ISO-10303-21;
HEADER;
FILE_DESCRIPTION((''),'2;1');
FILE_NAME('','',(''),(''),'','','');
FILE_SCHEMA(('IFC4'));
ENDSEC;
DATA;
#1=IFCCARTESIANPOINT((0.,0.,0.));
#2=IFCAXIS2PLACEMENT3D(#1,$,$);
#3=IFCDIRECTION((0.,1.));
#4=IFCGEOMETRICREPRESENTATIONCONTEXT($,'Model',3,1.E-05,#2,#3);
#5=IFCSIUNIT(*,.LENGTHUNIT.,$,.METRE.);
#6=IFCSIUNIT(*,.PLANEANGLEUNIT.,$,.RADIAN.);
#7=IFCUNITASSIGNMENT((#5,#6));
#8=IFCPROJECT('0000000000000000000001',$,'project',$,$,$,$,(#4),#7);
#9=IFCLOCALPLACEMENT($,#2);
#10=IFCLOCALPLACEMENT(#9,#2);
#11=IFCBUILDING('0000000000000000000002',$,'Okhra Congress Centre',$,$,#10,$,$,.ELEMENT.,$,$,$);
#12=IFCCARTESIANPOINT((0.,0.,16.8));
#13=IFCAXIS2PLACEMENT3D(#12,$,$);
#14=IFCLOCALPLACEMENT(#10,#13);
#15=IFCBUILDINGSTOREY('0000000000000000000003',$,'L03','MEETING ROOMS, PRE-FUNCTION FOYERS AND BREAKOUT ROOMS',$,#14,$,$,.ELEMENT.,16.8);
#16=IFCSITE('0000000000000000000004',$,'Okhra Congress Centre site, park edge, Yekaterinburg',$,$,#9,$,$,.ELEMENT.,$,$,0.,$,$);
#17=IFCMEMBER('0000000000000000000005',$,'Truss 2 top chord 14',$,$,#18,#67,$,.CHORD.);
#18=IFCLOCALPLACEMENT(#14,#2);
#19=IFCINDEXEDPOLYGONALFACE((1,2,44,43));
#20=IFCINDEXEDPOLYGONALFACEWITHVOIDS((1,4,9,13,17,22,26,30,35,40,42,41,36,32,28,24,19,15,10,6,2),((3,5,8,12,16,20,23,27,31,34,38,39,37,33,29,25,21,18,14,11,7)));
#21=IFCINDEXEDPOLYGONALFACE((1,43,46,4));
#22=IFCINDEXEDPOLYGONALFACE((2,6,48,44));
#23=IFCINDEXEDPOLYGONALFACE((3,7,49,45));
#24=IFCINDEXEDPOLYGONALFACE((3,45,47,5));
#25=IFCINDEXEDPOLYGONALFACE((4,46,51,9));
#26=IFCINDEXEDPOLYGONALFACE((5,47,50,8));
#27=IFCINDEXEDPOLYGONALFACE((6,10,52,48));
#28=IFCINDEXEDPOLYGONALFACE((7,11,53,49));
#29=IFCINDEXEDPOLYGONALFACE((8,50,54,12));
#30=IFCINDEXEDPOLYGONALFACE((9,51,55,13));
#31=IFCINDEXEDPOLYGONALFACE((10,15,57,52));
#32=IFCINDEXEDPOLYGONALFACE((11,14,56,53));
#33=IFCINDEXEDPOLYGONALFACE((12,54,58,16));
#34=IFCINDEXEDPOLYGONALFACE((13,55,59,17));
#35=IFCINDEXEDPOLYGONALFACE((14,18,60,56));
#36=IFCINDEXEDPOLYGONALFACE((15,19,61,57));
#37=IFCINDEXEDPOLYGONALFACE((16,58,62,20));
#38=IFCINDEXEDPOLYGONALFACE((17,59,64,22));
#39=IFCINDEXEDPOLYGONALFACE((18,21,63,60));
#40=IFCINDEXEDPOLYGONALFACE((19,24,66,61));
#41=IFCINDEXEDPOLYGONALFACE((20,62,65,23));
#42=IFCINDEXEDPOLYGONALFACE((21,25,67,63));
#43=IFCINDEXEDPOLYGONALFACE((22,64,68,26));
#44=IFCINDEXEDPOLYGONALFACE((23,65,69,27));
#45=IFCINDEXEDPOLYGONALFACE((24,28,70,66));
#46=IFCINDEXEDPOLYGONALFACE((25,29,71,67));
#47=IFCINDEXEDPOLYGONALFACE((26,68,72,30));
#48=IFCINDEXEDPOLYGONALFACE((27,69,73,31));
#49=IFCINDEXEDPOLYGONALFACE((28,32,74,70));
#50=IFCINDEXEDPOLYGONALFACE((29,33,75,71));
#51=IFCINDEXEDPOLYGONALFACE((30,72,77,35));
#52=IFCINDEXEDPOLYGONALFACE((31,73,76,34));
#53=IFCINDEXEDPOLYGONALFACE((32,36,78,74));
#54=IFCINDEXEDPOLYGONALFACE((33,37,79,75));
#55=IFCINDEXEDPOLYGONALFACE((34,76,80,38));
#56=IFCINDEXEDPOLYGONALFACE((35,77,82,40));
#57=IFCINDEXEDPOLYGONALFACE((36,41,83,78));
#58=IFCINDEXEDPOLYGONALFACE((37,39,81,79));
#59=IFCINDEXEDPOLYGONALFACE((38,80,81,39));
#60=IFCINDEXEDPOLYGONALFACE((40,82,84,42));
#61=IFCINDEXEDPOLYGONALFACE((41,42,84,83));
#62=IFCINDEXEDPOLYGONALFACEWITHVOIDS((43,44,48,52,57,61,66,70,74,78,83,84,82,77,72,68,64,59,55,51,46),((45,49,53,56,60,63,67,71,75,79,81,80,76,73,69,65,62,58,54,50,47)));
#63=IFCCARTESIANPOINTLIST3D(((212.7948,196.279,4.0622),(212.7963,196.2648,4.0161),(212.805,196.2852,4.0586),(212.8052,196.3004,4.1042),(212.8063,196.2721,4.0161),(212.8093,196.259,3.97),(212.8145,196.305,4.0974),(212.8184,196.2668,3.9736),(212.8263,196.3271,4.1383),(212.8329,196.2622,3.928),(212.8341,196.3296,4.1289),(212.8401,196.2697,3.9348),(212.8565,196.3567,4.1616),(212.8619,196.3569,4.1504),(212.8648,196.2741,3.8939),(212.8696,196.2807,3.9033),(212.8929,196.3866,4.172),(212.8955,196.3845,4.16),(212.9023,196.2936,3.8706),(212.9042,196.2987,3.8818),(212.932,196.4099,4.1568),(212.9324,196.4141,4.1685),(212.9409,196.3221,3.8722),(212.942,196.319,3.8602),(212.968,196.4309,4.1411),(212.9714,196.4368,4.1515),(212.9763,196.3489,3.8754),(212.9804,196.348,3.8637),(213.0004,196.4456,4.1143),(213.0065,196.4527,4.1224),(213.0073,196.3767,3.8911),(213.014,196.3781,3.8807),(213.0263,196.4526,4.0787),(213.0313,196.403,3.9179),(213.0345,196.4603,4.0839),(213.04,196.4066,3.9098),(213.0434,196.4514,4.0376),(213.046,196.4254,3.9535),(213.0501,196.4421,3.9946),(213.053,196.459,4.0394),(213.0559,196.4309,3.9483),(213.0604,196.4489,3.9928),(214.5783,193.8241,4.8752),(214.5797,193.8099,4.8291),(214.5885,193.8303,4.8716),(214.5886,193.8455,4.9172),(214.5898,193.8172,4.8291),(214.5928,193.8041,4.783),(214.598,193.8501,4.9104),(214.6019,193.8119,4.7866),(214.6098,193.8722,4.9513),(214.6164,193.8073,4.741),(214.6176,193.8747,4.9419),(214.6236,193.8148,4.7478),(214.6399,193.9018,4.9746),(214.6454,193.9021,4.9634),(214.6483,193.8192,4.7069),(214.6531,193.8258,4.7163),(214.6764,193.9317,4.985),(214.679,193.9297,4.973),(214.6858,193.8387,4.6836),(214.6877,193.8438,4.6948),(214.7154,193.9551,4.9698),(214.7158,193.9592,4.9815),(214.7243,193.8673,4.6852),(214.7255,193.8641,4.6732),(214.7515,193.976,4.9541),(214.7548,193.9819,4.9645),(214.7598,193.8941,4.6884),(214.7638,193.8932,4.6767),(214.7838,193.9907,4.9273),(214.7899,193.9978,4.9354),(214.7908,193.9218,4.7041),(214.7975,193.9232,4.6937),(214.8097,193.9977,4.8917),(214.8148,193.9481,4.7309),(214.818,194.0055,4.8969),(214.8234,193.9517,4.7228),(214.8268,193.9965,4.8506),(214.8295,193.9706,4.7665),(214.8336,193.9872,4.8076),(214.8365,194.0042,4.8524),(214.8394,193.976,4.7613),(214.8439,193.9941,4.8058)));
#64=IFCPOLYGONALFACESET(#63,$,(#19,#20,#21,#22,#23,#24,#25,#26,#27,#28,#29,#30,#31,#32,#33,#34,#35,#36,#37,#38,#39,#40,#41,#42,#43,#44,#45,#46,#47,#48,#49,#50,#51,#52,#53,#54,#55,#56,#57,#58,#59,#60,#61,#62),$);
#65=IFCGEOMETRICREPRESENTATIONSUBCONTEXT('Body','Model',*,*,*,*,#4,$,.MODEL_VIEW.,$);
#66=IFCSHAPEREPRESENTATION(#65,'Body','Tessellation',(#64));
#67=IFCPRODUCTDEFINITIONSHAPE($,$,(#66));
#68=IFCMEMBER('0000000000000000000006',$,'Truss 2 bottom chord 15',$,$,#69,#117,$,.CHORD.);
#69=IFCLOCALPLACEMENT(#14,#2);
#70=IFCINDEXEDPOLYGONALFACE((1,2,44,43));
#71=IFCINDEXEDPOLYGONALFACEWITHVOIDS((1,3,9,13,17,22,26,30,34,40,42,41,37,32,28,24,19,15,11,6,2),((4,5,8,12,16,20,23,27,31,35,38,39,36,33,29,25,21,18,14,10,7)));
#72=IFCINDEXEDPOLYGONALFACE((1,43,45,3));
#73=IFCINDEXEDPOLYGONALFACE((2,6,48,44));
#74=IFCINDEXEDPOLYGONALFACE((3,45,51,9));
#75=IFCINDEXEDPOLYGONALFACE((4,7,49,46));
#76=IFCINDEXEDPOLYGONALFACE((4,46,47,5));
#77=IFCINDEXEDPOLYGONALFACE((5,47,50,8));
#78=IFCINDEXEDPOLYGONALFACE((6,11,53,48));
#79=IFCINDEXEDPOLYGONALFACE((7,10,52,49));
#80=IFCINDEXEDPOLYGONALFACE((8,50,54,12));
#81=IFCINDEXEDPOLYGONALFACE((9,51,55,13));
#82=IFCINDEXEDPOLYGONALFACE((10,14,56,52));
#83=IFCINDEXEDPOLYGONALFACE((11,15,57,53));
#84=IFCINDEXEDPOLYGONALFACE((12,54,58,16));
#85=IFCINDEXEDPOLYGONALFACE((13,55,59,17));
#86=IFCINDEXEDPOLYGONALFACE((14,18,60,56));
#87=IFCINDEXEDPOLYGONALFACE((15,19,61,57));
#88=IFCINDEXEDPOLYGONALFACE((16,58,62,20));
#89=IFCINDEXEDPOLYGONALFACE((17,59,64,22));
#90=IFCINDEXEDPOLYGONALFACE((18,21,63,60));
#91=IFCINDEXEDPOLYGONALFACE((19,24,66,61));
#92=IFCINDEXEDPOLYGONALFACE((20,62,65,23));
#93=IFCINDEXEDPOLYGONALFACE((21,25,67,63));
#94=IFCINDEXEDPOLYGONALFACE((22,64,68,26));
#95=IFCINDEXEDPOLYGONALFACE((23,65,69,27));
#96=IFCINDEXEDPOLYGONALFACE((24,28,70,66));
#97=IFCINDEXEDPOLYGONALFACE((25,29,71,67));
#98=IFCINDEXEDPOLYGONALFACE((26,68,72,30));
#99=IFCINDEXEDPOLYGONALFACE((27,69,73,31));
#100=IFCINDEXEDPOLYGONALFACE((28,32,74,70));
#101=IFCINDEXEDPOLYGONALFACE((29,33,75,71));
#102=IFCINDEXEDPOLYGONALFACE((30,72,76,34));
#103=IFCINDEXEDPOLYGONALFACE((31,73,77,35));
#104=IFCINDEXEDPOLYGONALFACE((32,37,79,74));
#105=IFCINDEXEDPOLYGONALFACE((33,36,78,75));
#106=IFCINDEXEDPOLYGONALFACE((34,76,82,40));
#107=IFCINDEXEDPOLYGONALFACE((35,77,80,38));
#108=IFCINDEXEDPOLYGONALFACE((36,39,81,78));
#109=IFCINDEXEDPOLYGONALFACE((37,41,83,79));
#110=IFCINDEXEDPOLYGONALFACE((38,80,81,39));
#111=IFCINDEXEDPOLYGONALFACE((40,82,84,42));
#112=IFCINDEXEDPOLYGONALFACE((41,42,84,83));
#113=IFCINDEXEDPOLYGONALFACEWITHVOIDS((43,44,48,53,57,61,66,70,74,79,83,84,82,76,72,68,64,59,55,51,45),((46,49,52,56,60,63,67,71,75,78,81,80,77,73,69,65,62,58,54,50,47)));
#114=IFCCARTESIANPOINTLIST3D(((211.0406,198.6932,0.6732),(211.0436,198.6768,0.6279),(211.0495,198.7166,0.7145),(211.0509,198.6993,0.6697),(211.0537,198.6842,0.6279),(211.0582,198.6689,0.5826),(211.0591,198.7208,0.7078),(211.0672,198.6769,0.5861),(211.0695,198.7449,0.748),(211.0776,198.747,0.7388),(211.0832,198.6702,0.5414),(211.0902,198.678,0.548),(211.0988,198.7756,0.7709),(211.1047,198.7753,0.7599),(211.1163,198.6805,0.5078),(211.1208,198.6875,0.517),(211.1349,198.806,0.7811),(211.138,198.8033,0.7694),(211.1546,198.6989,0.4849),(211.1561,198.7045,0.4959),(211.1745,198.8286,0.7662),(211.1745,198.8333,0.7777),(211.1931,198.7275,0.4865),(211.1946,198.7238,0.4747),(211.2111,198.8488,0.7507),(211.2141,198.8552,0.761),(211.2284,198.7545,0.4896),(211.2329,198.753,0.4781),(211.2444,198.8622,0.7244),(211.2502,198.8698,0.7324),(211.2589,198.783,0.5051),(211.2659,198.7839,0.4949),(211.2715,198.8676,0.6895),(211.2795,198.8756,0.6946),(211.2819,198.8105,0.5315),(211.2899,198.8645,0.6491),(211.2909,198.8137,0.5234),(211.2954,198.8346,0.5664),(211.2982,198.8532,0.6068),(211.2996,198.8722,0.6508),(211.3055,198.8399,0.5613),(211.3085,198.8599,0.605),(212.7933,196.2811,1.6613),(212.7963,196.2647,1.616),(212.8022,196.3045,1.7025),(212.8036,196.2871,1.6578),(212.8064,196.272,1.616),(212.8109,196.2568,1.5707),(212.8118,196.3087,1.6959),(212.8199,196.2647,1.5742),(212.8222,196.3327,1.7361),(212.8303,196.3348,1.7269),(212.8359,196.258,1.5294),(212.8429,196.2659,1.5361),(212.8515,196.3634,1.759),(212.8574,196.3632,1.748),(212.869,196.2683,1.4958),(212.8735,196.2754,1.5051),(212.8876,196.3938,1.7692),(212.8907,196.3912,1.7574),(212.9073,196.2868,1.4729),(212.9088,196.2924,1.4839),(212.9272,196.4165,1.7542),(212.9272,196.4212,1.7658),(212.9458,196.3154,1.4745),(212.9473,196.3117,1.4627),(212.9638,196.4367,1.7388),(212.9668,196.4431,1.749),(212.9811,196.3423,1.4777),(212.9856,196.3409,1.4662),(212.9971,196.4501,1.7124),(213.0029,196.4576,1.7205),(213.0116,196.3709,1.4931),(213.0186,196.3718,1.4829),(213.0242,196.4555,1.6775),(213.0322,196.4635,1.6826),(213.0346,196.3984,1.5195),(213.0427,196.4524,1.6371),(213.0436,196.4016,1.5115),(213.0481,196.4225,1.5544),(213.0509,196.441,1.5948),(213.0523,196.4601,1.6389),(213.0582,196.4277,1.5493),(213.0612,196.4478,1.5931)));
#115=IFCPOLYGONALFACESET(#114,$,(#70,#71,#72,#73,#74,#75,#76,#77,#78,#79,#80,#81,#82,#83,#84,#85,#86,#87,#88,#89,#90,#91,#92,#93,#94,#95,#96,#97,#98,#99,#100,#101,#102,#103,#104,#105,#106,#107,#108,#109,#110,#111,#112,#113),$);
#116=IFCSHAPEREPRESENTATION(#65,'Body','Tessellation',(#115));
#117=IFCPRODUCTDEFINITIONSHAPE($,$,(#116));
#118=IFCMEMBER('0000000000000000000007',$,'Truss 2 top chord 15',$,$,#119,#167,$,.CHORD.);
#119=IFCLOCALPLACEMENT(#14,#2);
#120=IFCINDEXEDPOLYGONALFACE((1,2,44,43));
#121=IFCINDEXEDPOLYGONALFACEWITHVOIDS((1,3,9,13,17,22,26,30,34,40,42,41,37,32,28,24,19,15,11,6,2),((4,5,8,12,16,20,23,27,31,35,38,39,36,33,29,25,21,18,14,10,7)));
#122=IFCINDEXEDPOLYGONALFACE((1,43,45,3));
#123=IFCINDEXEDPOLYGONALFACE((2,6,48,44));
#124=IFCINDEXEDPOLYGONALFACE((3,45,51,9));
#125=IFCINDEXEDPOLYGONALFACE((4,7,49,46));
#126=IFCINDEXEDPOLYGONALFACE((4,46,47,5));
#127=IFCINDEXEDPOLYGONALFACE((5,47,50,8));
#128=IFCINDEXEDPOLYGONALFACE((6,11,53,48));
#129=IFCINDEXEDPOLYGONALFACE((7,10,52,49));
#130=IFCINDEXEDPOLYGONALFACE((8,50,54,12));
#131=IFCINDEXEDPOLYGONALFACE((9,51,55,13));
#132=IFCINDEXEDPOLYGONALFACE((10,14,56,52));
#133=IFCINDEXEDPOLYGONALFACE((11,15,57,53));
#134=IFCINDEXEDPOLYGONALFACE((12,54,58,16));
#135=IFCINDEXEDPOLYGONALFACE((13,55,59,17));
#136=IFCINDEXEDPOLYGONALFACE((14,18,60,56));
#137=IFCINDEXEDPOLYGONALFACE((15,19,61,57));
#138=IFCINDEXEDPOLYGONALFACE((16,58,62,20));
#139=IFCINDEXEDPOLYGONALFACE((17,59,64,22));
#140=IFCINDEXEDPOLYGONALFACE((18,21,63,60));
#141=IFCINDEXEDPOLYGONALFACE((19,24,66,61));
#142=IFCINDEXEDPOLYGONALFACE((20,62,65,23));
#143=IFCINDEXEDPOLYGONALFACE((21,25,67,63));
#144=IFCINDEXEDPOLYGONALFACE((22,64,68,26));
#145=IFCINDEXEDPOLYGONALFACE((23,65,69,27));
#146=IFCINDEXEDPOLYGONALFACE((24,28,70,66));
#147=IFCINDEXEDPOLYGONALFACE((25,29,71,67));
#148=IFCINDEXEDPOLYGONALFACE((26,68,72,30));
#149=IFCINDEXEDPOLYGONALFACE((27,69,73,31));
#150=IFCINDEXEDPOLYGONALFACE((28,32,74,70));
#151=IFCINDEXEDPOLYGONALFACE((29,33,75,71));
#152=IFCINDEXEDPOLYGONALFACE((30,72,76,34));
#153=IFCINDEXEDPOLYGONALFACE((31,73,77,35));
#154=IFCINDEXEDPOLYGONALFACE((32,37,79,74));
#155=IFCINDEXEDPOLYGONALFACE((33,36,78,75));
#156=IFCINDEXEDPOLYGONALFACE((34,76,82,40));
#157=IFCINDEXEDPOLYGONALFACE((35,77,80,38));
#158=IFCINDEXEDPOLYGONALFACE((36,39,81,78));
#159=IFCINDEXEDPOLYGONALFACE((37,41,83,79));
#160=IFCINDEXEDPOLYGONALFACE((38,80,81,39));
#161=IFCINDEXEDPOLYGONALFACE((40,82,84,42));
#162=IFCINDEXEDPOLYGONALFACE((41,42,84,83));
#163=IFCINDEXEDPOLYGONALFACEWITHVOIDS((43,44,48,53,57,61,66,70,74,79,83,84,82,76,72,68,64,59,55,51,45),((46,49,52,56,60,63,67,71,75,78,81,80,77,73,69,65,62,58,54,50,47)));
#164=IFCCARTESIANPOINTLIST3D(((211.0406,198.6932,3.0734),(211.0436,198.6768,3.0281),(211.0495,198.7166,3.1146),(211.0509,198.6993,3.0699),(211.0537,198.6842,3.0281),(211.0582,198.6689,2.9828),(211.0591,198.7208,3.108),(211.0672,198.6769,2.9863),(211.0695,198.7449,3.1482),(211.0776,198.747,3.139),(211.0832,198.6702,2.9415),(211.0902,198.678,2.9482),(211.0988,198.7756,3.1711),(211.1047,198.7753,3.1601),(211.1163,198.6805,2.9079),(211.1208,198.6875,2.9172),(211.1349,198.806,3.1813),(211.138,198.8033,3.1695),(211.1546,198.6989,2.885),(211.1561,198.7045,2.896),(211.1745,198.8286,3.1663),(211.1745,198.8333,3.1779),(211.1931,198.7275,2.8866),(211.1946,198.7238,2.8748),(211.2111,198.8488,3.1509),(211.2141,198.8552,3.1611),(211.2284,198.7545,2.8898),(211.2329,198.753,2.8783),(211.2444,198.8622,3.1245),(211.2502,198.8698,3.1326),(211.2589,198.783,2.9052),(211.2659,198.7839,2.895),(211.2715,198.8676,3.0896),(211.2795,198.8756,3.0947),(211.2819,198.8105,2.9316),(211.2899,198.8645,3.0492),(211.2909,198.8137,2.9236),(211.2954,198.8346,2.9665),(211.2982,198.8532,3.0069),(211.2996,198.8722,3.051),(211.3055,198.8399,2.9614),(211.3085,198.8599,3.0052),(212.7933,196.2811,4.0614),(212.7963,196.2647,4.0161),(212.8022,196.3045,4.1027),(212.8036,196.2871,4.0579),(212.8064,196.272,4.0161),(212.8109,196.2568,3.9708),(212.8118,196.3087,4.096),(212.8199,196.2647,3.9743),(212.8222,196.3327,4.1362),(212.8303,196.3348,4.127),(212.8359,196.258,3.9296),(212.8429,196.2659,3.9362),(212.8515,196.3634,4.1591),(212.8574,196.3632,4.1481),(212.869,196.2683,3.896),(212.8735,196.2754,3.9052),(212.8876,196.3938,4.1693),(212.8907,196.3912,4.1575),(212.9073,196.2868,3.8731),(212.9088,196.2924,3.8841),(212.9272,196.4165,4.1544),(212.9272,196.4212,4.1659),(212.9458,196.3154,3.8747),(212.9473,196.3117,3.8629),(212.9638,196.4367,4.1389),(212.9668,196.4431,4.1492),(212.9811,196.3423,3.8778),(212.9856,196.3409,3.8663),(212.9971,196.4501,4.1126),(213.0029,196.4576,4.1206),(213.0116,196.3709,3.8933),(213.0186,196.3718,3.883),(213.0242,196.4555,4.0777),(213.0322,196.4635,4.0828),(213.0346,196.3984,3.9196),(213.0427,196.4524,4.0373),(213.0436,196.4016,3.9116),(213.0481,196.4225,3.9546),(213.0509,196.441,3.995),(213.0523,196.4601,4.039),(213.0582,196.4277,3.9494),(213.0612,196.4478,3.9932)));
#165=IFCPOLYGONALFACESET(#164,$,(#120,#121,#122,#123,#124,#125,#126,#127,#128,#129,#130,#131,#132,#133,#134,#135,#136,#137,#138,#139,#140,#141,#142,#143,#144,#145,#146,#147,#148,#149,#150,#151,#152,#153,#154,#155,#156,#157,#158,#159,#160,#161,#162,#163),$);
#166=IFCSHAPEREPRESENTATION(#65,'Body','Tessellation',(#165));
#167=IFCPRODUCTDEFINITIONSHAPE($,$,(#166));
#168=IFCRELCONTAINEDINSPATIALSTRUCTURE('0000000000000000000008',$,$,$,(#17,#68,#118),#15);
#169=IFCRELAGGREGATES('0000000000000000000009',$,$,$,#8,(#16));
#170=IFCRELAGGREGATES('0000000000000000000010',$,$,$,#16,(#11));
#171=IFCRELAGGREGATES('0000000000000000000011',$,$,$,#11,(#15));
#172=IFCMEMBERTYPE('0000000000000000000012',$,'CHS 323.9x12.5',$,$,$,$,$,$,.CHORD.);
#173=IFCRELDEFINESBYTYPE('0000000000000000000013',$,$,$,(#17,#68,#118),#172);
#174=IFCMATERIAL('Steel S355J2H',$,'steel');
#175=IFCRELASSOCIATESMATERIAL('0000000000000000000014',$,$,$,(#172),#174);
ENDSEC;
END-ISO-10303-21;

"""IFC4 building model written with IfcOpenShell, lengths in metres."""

from ifc_helpers import new_model, si_unit, direction, frame, origin, origin_2d, place, context, subcontext, project, spatial, hollow_circle, extrude, material, material_profile, profile_set, type_object, element, save


model = new_model("IFC4")

# Units and contexts
model_context = context("Model", 3, precision=1e-05, world=origin(), true_north=direction((0.0, 1.0)))
body_context = subcontext(model_context, "Body", "Model", "MODEL_VIEW")
ifc_project = project(units=[si_unit("LENGTHUNIT", "METRE"), si_unit("PLANEANGLEUNIT", "RADIAN")], contexts=[model_context])

# Site, building, storey
site_placement = place(None, origin())
site = spatial("IfcSite", under=ifc_project, at=site_placement, Name="Okhra Congress Centre site, park edge, Yekaterinburg", CompositionType="ELEMENT", RefElevation=0.0)
building_placement = place(site_placement, origin())
building = spatial("IfcBuilding", under=site, at=building_placement, Name="Okhra Congress Centre", CompositionType="ELEMENT")
storey_placement = place(building_placement, frame((0.0, 0.0, 16.8)))
storey = spatial("IfcBuildingStorey", under=building, at=storey_placement, Name="L03", Description="MEETING ROOMS, PRE-FUNCTION FOYERS AND BREAKOUT ROOMS", CompositionType="ELEMENT", Elevation=16.8)

# Members
ifc_material_1 = material(Name="Steel S355J2H", Category="steel")
ifc_material_profile_1 = material_profile(ifc_material_1, hollow_circle(Radius=0.1619, WallThickness=0.0125, at=origin_2d()), Name="CHS 323.9x12.5")
ifc_profile_set_1 = profile_set([ifc_material_profile_1], Name="Steel S355J2H")
member_type_1 = type_object("IfcMemberType", Name="CHS 323.9x12.5", PredefinedType="CHORD", material=ifc_profile_set_1)
for number, where, z_axis, x_axis, name in (
    (1, (214.7107, 193.905, 4.8291), (-0.56774, 0.781468, -0.258805), (-0.809032, -0.587765, 0.0), "Truss 2 top chord 14"),
):
    element("IfcMember", number, at=place(storey_placement, frame(where, z_axis=z_axis, x_axis=x_axis)), inside=storey, type_object=member_type_1, Name=name, PredefinedType="CHORD", context=body_context, shape_type="SweptSolid", body=[
        extrude(hollow_circle(Radius=0.1619, WallThickness=0.0125, at=origin_2d()), origin(), (0.0, 0.0, 1.0), 3.1414),
    ])
for number, where, z_axis, x_axis, name in (
    (2, (212.9272, 196.3599, 1.616), (-0.557988, 0.767923, -0.314553), (-0.808987, -0.587826, 0.0), "Truss 2 bottom chord 15"),
    (3, (212.9272, 196.3599, 4.0161), (-0.557988, 0.767923, -0.314553), (-0.808987, -0.587826, 0.0), "Truss 2 top chord 15"),
):
    element("IfcMember", number, at=place(storey_placement, frame(where, z_axis=z_axis, x_axis=x_axis)), inside=storey, type_object=member_type_1, Name=name, PredefinedType="CHORD", context=body_context, shape_type="SweptSolid", body=[
        extrude(hollow_circle(Radius=0.1619, WallThickness=0.0125, at=origin_2d()), origin(), (0.0, 0.0, 1.0), 3.1411),
    ])

save(model, "model.ifc")
